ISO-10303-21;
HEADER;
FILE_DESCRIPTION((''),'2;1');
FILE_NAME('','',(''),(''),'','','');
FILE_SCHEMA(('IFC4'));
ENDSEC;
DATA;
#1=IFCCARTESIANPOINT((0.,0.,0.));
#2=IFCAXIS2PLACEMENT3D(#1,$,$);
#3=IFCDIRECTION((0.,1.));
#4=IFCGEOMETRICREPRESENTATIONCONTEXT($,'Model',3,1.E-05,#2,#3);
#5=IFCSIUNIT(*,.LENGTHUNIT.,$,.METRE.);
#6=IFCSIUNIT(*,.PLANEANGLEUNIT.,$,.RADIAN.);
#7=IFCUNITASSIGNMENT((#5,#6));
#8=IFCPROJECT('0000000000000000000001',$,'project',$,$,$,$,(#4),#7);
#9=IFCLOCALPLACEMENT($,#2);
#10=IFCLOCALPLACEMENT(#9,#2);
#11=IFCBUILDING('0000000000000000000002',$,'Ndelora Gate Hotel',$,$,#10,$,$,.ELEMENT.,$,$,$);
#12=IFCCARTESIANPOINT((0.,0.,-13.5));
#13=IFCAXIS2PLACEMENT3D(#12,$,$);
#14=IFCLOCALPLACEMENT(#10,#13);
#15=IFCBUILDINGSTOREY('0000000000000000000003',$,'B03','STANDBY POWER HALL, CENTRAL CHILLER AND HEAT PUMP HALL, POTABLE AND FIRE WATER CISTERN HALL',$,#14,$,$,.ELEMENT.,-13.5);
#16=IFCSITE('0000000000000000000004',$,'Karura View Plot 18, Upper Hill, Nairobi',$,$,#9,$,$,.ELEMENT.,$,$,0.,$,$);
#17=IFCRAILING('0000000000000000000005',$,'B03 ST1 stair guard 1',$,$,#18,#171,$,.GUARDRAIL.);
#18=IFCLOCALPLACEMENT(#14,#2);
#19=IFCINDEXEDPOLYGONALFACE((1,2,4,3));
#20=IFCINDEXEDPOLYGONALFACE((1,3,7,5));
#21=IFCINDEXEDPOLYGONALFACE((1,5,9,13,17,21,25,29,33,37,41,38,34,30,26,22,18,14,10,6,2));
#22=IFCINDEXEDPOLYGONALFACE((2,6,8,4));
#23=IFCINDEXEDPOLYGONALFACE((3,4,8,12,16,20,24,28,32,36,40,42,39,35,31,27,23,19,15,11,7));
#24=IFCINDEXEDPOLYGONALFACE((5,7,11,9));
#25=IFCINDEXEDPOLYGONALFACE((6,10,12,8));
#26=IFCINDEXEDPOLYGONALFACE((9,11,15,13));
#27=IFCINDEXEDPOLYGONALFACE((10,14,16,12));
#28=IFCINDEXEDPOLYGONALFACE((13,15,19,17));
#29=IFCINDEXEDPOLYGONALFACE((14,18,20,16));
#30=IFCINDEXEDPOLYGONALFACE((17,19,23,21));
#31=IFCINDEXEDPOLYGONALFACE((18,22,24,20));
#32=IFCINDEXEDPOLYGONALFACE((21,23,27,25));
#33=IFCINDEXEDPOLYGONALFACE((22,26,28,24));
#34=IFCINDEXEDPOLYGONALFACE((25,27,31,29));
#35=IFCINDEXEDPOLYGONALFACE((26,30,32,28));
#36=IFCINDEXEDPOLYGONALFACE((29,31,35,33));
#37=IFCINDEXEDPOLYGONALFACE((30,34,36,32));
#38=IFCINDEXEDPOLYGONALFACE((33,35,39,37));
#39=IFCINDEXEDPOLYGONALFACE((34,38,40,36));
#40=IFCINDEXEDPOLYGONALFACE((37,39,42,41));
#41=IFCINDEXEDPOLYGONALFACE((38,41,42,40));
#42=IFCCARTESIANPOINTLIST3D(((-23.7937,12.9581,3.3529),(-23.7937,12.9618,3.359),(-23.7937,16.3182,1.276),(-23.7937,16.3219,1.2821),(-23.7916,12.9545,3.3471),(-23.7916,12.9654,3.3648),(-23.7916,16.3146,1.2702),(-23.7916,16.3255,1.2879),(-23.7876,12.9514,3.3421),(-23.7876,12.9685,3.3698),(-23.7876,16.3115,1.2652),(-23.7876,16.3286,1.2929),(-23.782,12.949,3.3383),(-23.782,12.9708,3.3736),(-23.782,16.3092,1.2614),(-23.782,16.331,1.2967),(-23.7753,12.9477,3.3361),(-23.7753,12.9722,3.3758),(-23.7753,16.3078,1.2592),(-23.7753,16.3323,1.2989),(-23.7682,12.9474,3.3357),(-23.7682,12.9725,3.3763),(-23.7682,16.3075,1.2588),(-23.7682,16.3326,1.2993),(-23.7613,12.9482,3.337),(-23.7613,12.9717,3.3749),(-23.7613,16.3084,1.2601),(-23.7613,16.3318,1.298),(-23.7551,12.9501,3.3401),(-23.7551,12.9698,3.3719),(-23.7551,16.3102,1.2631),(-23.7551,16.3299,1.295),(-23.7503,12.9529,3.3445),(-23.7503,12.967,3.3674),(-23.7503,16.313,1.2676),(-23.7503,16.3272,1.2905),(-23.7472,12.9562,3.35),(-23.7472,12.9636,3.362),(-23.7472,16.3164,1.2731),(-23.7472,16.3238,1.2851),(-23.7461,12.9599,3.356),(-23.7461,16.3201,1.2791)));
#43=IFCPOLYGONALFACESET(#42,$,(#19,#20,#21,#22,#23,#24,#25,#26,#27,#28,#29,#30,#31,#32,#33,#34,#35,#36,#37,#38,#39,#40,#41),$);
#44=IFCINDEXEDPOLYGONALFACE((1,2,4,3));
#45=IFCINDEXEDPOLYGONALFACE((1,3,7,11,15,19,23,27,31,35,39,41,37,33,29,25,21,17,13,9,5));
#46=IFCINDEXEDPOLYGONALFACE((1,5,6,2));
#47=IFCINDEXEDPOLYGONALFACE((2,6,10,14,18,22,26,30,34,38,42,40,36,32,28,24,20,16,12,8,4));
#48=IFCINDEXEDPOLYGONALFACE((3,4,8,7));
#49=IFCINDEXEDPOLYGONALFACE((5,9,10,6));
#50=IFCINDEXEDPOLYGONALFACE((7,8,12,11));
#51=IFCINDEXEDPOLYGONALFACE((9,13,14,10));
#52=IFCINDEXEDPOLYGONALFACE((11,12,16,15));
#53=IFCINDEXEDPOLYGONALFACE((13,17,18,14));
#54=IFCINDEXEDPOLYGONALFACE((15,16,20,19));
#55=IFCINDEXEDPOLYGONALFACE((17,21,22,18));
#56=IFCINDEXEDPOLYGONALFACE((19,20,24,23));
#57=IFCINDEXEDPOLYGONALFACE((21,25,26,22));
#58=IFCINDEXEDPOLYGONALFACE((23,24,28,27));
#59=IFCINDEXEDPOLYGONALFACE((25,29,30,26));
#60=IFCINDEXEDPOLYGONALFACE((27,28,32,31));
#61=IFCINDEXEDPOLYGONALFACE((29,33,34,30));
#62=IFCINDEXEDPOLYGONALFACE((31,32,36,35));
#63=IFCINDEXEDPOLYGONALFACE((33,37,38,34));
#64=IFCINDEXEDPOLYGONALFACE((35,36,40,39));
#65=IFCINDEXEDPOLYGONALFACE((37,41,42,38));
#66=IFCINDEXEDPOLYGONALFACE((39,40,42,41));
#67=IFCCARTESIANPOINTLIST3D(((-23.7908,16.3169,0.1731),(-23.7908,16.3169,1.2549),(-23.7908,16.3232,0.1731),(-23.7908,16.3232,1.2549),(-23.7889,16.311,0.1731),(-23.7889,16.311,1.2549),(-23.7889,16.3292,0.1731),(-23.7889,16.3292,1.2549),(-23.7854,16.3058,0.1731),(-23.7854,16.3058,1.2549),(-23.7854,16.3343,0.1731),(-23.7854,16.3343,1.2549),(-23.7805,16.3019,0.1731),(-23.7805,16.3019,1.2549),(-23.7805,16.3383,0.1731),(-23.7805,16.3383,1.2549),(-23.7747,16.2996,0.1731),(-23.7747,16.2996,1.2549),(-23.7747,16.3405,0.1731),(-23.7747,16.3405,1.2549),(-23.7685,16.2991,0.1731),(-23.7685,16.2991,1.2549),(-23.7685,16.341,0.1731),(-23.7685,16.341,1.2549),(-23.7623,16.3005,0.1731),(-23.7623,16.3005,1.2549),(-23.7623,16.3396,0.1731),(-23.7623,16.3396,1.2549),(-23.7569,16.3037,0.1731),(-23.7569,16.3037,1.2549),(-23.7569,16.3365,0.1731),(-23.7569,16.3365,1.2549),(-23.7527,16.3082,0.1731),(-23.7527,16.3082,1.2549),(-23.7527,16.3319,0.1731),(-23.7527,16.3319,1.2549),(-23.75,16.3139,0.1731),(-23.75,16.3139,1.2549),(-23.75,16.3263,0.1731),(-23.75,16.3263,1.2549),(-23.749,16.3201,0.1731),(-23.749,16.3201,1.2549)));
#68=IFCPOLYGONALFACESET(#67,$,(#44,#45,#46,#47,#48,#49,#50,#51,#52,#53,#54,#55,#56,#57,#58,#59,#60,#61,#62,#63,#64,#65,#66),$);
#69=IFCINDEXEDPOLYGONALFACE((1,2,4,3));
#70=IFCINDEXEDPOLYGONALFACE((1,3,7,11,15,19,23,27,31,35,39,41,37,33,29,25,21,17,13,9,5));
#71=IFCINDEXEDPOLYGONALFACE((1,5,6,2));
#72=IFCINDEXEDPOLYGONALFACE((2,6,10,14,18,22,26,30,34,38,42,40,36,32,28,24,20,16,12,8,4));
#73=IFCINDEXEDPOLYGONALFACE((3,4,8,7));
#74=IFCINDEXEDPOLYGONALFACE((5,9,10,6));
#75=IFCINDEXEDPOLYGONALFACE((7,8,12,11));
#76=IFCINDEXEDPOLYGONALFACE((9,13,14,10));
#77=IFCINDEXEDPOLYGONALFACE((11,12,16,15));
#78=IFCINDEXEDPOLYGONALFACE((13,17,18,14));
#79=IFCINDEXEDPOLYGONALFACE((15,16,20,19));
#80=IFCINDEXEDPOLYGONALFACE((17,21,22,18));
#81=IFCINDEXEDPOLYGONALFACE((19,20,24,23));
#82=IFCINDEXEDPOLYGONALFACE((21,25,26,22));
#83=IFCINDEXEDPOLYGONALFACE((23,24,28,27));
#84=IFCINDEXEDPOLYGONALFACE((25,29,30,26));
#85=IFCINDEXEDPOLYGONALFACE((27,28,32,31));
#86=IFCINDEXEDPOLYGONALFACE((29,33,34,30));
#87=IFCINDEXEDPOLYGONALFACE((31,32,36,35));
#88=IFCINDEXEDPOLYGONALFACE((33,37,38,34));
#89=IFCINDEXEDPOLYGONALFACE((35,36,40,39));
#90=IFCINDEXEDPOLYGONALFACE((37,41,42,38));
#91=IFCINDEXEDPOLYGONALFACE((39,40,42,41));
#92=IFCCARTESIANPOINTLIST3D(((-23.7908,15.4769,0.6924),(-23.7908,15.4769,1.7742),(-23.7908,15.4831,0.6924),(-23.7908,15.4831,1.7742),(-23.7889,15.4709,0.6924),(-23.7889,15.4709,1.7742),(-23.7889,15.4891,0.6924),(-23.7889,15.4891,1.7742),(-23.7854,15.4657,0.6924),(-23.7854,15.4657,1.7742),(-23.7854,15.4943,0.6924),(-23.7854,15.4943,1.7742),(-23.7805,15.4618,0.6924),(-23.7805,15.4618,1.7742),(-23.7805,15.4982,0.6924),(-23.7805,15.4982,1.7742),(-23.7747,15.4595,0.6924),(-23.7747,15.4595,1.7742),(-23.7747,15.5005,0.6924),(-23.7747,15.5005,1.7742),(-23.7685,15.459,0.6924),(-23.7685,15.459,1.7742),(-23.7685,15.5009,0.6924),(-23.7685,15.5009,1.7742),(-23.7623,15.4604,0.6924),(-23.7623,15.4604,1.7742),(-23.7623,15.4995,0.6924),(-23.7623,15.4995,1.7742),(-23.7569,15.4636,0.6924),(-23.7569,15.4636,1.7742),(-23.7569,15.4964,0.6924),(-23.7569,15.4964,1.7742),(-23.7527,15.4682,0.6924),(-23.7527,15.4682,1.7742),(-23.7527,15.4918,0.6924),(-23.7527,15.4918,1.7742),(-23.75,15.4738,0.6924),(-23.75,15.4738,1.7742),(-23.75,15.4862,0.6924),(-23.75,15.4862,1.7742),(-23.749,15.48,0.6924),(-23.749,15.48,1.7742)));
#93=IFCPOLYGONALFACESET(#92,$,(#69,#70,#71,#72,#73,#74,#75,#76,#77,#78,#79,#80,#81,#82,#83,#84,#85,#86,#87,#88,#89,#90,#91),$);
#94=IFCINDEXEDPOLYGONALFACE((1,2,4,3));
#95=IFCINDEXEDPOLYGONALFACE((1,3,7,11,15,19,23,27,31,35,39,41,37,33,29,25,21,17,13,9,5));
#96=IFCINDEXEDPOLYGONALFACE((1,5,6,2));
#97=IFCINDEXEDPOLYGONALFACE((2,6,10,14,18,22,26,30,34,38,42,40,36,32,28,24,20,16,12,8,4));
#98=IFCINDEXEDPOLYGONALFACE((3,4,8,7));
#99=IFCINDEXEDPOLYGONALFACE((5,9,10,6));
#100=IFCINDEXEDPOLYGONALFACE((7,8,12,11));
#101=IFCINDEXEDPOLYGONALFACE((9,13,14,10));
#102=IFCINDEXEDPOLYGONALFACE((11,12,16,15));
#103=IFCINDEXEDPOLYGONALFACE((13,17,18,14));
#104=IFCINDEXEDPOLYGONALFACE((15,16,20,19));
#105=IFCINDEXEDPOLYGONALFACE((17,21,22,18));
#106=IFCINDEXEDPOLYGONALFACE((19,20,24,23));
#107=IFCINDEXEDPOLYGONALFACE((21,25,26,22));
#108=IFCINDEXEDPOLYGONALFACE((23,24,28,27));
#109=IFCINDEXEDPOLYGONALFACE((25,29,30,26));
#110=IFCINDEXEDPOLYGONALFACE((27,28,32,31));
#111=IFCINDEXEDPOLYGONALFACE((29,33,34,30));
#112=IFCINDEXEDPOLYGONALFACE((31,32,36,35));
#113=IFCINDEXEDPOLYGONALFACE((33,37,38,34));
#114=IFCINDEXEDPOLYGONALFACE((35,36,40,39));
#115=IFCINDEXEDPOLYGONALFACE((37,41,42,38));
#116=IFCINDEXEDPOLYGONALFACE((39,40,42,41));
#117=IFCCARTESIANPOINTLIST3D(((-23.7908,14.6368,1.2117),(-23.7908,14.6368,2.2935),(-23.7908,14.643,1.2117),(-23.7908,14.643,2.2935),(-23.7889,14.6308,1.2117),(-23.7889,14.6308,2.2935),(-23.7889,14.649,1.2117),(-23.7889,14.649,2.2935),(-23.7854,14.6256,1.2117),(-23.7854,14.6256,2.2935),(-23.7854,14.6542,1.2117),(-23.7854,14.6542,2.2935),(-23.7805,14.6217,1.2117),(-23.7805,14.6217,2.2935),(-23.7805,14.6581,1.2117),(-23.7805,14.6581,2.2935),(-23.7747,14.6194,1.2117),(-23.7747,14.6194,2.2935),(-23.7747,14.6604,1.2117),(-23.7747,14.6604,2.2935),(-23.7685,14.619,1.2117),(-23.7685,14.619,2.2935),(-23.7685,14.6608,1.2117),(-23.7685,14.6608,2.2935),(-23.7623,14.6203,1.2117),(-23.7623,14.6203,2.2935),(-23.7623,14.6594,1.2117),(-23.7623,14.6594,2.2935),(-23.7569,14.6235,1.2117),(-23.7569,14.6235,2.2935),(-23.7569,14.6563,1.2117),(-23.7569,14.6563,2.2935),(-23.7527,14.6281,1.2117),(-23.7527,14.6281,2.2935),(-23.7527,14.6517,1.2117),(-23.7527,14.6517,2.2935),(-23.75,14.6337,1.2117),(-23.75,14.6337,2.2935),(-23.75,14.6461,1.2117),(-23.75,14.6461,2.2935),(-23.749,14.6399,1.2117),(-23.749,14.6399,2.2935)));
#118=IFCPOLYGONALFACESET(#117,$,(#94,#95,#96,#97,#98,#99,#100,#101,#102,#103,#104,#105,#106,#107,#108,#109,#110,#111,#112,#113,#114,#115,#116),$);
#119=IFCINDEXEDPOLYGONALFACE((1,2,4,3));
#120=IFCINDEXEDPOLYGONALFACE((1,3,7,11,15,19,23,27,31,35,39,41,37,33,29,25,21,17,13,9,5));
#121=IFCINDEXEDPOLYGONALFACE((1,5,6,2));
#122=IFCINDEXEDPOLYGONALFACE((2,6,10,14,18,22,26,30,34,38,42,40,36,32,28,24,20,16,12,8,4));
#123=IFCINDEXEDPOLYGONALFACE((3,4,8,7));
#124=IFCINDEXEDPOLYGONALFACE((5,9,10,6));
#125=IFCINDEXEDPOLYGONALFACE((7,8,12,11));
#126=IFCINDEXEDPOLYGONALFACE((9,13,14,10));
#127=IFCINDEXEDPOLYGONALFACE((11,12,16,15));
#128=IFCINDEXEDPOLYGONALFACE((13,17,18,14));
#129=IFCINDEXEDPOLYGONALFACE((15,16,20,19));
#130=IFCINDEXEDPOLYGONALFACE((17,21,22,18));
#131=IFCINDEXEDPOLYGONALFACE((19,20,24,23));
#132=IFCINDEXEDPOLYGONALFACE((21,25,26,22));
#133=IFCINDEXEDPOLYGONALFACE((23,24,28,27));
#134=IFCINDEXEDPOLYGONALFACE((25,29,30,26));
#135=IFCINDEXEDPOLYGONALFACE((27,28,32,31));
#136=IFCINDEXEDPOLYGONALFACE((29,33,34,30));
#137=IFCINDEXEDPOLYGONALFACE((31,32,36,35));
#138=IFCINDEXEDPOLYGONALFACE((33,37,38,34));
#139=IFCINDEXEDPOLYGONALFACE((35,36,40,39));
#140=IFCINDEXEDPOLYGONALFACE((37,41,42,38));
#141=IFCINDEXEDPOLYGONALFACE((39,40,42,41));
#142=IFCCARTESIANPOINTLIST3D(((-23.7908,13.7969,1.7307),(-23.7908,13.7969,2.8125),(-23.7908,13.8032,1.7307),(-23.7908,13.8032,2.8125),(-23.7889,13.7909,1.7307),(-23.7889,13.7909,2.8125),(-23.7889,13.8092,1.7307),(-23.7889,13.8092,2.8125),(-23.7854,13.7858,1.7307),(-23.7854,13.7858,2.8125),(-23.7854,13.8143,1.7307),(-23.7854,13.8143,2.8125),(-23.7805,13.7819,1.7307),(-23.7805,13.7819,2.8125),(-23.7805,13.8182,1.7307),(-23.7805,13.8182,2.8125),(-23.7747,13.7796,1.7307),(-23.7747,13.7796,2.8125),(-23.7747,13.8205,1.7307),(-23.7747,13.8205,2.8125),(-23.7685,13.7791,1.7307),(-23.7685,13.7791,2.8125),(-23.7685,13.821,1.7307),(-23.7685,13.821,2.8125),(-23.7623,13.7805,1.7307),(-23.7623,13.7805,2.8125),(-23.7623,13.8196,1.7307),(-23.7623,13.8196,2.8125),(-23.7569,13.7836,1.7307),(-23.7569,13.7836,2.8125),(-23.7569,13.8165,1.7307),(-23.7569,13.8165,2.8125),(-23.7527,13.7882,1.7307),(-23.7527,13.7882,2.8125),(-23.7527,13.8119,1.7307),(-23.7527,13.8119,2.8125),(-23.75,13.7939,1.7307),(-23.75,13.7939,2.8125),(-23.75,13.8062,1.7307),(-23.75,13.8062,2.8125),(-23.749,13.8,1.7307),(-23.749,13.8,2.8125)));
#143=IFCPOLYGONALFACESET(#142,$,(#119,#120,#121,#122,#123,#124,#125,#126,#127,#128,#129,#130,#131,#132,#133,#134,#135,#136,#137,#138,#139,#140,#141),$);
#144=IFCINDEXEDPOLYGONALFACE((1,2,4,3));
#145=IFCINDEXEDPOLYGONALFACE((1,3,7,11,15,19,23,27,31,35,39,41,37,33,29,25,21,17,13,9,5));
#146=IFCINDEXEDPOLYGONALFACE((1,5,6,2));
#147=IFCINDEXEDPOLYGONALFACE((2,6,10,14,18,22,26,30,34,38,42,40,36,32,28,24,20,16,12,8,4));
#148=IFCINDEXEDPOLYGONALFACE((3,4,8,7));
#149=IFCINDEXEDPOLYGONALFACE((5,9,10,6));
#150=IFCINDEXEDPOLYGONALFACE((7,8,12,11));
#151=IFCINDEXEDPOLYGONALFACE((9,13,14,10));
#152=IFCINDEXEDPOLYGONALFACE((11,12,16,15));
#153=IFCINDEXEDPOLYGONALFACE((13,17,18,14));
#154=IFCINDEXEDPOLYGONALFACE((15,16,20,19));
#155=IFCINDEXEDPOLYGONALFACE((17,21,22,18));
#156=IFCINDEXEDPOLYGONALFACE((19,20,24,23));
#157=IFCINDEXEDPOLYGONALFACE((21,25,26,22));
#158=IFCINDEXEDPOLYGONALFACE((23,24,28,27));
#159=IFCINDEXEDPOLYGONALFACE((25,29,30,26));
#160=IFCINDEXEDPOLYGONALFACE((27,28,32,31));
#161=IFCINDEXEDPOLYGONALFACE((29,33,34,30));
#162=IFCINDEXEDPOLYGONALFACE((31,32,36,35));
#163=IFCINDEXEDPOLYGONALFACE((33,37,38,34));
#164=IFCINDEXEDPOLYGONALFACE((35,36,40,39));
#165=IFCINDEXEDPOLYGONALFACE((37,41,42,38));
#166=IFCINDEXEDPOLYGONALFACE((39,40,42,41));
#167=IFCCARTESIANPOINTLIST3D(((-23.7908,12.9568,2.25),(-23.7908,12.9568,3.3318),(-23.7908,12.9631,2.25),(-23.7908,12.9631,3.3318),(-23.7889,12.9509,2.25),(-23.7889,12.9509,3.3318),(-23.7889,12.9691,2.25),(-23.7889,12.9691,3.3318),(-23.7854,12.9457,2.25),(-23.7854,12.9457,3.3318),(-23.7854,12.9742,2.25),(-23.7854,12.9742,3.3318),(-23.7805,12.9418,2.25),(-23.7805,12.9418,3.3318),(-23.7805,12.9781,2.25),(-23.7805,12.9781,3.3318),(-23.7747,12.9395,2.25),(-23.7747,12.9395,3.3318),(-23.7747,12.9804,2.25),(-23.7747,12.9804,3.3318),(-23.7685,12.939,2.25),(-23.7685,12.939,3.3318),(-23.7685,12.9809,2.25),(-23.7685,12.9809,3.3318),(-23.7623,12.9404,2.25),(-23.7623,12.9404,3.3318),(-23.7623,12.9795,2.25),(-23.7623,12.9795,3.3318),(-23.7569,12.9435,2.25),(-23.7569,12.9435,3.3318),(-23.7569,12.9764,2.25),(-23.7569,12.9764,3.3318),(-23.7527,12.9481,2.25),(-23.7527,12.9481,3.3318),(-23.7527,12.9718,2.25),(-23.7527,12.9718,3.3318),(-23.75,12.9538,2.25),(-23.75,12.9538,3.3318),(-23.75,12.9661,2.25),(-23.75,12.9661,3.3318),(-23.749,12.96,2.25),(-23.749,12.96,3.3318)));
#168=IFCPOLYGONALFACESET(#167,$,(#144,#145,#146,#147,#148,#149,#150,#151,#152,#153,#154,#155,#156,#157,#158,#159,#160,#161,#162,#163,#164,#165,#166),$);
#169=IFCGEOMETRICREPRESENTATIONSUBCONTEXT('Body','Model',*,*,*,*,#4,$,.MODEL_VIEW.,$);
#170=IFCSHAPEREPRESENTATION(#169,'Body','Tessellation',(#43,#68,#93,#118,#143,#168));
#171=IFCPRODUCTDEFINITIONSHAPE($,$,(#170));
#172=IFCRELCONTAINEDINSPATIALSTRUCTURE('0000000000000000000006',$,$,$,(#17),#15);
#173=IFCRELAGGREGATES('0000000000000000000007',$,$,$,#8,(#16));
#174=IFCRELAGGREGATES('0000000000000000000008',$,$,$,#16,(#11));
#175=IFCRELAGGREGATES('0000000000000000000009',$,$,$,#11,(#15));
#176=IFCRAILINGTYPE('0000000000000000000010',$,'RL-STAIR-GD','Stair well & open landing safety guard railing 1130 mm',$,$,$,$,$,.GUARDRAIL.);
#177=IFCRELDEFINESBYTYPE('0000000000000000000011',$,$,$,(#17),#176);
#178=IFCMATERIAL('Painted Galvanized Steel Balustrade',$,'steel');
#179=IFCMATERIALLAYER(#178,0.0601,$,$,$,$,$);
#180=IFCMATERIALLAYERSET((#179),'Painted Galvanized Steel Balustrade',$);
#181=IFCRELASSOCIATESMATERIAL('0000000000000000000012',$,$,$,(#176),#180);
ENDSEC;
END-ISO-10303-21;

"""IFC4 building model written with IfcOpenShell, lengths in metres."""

from ifc_helpers import new_model, si_unit, direction, frame, origin, origin_2d, place, context, subcontext, project, spatial, circle, extrude, material, layer, layer_set, type_object, element, save


model = new_model("IFC4")

# Units and contexts
model_context = context("Model", 3, precision=1e-05, world=origin(), true_north=direction((0.0, 1.0)))
body_context = subcontext(model_context, "Body", "Model", "MODEL_VIEW")
ifc_project = project(units=[si_unit("LENGTHUNIT", "METRE"), si_unit("PLANEANGLEUNIT", "RADIAN")], contexts=[model_context])

# Site, building, storey
site_placement = place(None, origin())
site = spatial("IfcSite", under=ifc_project, at=site_placement, Name="Karura View Plot 18, Upper Hill, Nairobi", CompositionType="ELEMENT", RefElevation=0.0)
building_placement = place(site_placement, origin())
building = spatial("IfcBuilding", under=site, at=building_placement, Name="Ndelora Gate Hotel", CompositionType="ELEMENT")
storey_placement = place(building_placement, frame((0.0, 0.0, -13.5)))
storey = spatial("IfcBuildingStorey", under=building, at=storey_placement, Name="B03", Description="STANDBY POWER HALL, CENTRAL CHILLER AND HEAT PUMP HALL, POTABLE AND FIRE WATER CISTERN HALL", CompositionType="ELEMENT", Elevation=-13.5)

# Railing
ifc_material_1 = material(Name="Painted Galvanized Steel Balustrade", Category="steel")
ifc_layer_1 = layer(ifc_material_1, 0.0601)
ifc_layer_set_1 = layer_set([ifc_layer_1], Name="Painted Galvanized Steel Balustrade")
railing_type_1 = type_object("IfcRailingType", Name="RL-STAIR-GD", Description="Stair well & open landing safety guard railing 1130 mm", PredefinedType="GUARDRAIL", material=ifc_layer_set_1)
railing_1_placement = place(storey_placement, frame((-23.77, 16.3201, 0.1731)))
element("IfcRailing", 1, at=railing_1_placement, inside=storey, type_object=railing_type_1, Name="B03 ST1 stair guard 1", PredefinedType="GUARDRAIL", context=body_context, shape_type="SweptSolid", body=[
    extrude(circle(Radius=0.0239, at=origin_2d()), frame((0.0, 0.0, 1.106), z_axis=(0.0, -0.850623, 0.525776), x_axis=(1.0, 0.0, 0.0)), (0.0, 0.0, 1.0), 3.9502),
    extrude(circle(Radius=0.021, at=origin_2d()), origin(), (0.0, 0.0, 1.0), 1.0818),
    extrude(circle(Radius=0.021, at=origin_2d()), frame((0.0, -0.8401, 0.5193)), (0.0, 0.0, 1.0), 1.0818),
    extrude(circle(Radius=0.021, at=origin_2d()), frame((0.0, -1.6802, 1.0386)), (0.0, 0.0, 1.0), 1.0818),
    extrude(circle(Radius=0.021, at=origin_2d()), frame((0.0, -2.52, 1.5576)), (0.0, 0.0, 1.0), 1.0818),
    extrude(circle(Radius=0.021, at=origin_2d()), frame((0.0, -3.3601, 2.0769)), (0.0, 0.0, 1.0), 1.0818),
])

save(model, "model.ifc")
